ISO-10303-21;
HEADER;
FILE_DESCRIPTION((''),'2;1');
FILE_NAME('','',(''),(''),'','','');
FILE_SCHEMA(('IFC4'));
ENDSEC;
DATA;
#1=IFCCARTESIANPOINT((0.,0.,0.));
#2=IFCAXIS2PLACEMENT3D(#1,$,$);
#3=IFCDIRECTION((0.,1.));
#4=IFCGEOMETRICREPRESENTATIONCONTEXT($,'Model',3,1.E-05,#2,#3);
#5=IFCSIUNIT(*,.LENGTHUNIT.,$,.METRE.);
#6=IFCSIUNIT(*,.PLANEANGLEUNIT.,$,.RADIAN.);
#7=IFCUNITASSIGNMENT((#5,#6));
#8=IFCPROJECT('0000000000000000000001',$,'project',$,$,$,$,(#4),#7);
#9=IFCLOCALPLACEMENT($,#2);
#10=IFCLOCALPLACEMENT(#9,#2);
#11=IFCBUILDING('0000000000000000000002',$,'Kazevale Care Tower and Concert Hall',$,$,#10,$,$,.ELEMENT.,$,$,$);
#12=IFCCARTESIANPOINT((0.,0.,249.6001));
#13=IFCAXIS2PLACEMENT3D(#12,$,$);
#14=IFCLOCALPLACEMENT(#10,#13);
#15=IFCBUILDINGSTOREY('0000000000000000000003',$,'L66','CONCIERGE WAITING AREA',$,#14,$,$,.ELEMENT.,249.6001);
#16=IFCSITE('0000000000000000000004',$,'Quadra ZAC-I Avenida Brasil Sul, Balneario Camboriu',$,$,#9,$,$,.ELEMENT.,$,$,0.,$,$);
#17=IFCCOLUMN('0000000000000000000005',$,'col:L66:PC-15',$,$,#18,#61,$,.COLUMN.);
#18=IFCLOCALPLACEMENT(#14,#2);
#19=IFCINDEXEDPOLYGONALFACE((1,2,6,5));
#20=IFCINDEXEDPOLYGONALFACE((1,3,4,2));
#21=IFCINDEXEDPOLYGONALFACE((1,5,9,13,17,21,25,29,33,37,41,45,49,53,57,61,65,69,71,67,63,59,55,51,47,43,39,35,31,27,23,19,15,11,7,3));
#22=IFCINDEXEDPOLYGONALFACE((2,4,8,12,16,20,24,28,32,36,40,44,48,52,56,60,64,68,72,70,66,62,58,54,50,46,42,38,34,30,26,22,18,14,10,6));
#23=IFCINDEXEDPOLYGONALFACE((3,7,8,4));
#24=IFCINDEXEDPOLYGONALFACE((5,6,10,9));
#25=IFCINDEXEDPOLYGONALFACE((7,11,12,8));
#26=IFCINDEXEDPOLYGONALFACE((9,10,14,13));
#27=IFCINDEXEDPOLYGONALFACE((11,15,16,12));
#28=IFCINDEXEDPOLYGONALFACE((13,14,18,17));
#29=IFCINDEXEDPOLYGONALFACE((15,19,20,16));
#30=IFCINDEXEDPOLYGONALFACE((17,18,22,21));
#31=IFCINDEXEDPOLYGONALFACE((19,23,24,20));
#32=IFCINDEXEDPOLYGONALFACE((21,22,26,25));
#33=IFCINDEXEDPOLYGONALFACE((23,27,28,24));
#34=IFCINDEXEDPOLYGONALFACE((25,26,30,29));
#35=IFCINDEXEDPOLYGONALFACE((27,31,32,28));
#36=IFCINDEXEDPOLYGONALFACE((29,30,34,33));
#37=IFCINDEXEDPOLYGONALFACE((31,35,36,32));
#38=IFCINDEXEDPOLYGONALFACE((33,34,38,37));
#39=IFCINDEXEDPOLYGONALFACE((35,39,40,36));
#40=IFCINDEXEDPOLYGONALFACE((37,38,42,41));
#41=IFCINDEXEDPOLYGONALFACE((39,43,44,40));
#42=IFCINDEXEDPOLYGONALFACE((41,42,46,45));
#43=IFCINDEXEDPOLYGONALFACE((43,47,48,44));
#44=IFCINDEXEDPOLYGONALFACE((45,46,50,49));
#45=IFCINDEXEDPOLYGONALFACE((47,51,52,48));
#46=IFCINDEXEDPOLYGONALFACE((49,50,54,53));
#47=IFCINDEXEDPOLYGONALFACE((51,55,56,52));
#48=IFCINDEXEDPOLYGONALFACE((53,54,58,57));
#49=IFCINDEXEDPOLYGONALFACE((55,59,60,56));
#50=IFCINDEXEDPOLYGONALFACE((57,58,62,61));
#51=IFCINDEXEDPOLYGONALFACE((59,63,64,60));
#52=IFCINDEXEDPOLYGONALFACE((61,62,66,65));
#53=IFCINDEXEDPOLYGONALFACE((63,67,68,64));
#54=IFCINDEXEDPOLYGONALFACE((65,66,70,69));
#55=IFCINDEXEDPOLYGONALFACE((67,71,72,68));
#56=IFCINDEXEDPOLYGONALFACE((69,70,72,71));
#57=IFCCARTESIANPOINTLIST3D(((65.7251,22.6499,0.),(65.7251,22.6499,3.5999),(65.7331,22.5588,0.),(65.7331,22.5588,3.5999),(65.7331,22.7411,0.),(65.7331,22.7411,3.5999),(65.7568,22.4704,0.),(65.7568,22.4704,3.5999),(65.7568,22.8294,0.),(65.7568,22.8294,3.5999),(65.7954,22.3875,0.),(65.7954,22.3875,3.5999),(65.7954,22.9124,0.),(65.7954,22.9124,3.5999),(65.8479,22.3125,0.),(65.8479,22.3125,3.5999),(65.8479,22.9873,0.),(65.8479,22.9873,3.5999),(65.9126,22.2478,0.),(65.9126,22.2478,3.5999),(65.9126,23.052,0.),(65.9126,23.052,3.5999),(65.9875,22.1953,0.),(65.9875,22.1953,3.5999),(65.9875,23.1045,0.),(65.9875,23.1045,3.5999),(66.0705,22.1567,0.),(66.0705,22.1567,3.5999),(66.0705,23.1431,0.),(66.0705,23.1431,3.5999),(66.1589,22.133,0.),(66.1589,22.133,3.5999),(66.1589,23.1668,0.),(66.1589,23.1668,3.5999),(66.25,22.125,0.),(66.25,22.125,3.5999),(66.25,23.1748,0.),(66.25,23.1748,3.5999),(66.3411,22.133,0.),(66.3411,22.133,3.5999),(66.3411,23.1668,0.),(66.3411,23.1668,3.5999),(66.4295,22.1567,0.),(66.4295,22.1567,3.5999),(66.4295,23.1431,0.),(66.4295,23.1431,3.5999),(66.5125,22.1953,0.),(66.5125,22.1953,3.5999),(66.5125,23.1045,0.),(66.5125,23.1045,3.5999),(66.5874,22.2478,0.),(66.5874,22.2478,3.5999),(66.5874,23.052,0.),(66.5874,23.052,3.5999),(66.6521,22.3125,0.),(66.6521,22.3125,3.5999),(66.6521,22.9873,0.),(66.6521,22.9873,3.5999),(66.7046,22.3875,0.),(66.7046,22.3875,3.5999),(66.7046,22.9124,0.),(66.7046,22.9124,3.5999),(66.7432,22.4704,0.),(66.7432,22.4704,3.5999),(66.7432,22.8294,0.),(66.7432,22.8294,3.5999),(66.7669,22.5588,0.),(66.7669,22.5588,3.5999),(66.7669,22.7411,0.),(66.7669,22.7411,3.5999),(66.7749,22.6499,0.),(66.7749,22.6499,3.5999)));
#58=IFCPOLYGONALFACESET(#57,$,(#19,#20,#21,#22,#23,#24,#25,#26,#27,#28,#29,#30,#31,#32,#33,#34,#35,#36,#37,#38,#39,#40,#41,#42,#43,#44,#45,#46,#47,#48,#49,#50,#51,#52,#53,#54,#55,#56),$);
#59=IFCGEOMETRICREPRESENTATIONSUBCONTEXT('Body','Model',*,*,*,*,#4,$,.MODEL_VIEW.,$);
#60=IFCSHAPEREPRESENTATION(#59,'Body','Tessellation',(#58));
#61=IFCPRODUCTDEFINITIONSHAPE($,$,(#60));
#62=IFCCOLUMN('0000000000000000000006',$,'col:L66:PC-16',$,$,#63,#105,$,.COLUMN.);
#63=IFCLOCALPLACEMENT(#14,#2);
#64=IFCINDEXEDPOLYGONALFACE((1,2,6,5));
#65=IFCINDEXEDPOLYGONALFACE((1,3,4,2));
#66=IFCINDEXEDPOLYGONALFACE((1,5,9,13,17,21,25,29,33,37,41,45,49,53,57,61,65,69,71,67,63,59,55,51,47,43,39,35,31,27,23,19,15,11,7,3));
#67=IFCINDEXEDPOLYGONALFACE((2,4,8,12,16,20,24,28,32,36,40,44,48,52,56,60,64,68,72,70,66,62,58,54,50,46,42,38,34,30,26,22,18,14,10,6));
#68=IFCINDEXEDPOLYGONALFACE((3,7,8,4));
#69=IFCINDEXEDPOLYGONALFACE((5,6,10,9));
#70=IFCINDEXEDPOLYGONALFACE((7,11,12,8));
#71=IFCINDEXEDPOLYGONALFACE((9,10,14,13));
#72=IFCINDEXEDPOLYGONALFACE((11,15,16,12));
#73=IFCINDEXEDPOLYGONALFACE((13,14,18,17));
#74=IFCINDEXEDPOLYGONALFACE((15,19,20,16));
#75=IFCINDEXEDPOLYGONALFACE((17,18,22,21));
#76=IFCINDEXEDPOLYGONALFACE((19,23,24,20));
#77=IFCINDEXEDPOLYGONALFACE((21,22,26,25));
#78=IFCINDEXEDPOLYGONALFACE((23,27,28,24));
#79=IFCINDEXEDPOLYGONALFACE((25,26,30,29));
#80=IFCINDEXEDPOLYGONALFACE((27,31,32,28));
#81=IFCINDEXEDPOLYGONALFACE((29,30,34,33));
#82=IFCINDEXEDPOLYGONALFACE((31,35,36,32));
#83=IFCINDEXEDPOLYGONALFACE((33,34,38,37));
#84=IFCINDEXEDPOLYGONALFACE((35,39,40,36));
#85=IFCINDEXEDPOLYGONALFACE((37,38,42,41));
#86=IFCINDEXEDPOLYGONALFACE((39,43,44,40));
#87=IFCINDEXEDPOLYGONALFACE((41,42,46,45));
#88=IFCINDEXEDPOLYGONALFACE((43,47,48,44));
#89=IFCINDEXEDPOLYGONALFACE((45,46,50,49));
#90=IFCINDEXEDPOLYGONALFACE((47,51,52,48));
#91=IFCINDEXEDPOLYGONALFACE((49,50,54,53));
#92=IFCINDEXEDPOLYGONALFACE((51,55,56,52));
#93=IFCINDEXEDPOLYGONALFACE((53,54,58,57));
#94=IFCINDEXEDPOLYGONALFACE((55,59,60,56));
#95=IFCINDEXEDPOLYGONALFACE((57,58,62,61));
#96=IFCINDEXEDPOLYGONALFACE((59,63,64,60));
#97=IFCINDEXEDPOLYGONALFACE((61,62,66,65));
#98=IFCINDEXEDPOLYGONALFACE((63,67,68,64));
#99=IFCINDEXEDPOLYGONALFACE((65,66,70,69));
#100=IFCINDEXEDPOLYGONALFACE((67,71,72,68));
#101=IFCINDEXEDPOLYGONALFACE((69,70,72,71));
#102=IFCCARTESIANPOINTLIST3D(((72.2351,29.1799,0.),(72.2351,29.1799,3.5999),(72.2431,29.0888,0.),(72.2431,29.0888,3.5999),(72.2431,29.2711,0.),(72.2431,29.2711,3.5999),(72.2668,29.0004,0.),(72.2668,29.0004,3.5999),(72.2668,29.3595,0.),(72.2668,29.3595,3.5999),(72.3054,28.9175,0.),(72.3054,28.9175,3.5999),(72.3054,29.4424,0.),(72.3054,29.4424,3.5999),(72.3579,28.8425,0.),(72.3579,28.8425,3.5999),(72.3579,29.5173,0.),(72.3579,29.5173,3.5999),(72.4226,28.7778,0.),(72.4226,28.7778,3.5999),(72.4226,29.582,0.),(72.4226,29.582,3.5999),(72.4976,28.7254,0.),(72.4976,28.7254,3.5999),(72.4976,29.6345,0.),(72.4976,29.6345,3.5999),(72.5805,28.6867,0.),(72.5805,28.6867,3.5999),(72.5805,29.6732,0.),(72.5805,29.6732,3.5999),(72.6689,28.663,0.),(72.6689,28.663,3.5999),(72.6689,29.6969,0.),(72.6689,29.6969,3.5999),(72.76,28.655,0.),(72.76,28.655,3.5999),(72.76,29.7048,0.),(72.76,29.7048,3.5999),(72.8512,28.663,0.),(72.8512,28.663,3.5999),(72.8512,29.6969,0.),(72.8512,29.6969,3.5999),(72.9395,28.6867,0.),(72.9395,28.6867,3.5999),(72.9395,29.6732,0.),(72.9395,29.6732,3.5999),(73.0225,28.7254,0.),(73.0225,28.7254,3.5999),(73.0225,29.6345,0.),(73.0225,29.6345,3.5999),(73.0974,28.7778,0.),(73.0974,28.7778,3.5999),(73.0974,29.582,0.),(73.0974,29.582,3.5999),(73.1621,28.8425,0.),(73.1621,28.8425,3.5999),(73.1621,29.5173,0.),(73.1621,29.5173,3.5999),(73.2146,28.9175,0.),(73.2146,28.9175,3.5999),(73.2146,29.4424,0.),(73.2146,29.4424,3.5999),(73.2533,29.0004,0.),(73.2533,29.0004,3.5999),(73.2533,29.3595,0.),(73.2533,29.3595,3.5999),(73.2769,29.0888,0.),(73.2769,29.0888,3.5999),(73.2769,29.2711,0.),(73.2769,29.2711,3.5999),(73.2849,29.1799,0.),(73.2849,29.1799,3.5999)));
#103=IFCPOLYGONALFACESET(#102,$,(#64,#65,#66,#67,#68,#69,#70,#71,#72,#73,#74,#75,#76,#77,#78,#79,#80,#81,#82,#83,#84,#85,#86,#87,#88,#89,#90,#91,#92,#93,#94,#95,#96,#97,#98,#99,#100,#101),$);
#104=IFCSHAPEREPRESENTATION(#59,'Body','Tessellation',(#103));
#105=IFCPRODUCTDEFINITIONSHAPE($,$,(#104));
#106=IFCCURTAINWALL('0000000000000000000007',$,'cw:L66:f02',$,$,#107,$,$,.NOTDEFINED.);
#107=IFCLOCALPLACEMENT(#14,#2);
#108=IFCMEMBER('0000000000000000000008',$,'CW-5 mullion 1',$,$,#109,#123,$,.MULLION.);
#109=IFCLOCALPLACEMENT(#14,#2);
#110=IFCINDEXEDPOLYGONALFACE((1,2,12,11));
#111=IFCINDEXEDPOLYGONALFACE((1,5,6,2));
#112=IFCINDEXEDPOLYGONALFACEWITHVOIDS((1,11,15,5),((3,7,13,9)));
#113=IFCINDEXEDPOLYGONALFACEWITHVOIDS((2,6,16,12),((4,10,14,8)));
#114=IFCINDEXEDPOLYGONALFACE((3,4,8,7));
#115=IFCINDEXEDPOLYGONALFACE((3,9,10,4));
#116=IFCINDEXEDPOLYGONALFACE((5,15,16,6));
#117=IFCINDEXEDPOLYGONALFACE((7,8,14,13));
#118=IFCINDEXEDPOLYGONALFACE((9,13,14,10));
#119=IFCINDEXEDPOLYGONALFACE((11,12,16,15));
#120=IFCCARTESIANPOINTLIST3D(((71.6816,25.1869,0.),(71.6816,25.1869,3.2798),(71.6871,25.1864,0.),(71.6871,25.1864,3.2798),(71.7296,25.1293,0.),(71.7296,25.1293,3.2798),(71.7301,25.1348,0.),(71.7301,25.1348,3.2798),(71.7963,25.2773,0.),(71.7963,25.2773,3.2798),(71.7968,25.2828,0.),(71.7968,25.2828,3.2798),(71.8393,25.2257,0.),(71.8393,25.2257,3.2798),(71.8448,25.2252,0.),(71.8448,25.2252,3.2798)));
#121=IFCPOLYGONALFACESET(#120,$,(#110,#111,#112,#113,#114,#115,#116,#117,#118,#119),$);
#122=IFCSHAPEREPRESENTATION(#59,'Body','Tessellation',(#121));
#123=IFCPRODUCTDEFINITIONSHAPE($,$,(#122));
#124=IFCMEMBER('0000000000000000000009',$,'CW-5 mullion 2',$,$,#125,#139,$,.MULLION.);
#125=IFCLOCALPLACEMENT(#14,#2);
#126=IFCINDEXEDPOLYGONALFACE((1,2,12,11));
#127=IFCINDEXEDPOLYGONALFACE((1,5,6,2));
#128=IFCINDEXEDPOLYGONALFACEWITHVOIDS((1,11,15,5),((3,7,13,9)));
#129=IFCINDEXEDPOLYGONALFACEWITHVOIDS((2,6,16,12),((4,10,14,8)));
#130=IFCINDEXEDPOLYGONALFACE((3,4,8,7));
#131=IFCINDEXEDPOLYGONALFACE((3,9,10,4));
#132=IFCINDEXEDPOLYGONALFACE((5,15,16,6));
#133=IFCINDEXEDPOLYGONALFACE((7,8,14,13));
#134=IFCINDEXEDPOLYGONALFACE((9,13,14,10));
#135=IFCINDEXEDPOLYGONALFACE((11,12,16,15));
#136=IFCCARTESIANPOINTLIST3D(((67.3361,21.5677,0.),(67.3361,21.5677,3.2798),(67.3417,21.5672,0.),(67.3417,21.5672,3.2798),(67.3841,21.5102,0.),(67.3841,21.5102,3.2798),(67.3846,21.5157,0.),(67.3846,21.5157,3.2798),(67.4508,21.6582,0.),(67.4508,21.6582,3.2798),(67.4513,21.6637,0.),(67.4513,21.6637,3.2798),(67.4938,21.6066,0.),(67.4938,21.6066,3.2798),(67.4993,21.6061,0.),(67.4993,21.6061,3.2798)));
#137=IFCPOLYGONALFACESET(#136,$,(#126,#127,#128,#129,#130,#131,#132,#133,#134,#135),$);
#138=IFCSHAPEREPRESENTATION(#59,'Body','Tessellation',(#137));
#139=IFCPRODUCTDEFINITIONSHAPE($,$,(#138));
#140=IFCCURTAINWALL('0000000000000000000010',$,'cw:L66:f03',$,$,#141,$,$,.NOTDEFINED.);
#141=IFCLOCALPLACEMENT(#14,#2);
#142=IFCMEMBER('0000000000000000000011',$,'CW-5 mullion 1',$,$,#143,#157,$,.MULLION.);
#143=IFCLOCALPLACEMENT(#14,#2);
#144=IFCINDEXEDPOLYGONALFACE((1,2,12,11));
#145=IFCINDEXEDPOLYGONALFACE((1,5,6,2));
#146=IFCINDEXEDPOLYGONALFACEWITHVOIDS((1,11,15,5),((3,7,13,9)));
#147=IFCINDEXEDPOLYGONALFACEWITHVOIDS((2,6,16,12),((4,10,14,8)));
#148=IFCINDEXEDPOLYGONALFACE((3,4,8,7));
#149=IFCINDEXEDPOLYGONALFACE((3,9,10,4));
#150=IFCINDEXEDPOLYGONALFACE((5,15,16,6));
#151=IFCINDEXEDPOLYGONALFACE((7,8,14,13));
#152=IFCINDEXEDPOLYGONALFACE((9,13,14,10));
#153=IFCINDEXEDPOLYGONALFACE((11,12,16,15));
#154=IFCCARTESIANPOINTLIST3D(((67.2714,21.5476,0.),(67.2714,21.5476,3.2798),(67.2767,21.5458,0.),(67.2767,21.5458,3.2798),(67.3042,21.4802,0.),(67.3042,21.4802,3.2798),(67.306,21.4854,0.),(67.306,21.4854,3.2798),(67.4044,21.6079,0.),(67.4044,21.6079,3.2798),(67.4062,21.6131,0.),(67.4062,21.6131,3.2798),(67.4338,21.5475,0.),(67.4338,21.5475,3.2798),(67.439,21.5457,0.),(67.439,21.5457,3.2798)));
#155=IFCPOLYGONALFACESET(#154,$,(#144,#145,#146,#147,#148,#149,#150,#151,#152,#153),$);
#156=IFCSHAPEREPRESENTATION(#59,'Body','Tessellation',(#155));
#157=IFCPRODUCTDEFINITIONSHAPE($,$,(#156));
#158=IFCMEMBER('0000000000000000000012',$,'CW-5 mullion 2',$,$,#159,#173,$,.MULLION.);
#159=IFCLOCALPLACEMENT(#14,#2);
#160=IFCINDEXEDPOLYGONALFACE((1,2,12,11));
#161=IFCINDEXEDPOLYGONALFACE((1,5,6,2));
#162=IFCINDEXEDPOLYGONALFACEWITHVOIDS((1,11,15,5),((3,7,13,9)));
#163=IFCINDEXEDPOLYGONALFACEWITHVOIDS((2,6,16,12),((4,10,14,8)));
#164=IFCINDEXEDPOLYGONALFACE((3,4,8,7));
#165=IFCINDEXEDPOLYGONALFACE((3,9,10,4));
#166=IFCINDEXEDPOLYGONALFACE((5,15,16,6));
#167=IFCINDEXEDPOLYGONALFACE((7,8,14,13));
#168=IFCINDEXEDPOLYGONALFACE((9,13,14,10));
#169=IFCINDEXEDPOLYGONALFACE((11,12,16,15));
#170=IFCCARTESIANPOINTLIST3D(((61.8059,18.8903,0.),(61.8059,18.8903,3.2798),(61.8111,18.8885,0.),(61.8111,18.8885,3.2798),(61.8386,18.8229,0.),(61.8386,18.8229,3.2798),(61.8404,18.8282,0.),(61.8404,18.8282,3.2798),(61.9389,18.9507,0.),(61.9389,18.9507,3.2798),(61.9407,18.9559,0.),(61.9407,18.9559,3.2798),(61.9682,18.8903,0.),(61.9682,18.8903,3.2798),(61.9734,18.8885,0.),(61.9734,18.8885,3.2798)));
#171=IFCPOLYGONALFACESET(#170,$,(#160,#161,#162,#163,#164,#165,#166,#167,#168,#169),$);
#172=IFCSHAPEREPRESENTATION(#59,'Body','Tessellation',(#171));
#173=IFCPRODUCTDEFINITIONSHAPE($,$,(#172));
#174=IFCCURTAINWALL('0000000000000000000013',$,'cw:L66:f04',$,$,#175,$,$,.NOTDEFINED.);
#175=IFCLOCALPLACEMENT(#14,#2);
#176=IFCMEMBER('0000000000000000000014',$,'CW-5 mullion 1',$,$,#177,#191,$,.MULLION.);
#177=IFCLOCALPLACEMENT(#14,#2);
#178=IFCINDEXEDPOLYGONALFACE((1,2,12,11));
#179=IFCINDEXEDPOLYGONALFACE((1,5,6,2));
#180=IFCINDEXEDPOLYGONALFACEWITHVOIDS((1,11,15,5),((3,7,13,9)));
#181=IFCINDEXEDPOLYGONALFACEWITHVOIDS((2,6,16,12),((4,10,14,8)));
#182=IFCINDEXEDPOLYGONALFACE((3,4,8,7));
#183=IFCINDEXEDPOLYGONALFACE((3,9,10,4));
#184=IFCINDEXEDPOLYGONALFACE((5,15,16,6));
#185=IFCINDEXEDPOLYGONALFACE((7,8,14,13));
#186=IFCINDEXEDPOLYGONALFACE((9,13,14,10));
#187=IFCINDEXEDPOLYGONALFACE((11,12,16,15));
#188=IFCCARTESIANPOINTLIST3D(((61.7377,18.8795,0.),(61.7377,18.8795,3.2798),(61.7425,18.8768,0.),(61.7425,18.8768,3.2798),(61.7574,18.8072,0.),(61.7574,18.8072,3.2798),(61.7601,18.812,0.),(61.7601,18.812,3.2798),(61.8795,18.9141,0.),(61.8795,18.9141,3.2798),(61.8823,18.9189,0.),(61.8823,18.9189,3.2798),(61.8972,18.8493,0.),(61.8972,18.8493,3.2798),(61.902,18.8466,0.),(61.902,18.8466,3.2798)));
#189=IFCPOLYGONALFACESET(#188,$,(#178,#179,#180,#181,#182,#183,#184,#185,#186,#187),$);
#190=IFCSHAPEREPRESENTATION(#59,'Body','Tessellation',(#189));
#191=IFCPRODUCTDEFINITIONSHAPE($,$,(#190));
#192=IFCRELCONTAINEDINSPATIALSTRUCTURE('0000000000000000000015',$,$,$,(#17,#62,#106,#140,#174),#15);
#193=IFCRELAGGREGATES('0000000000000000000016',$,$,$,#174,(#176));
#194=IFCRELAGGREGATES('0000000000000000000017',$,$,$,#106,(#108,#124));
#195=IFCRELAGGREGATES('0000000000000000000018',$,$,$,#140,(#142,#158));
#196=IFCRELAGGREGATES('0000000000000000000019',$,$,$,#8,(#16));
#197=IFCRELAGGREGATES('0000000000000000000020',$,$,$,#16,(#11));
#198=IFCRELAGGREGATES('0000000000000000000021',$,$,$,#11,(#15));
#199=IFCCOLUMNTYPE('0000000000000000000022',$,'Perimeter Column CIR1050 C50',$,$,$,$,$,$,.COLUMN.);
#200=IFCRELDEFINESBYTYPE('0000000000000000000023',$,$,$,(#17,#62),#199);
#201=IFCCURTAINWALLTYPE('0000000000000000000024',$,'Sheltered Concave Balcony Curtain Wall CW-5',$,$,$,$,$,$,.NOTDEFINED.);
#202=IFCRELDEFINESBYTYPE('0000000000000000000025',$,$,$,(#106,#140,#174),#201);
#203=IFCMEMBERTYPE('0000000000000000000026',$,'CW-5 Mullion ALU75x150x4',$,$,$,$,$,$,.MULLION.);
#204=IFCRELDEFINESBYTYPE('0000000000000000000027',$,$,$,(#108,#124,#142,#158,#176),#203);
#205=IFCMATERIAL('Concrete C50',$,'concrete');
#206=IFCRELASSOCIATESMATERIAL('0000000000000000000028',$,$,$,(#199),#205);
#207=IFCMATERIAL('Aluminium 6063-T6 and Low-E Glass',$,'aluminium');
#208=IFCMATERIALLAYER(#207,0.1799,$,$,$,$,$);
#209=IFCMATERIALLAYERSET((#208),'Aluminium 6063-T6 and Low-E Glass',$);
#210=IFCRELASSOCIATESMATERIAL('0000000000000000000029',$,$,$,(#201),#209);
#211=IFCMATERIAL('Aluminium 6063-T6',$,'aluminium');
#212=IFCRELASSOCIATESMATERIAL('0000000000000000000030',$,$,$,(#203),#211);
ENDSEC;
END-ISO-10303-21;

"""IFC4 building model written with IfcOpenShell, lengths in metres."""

from ifc_helpers import new_model, si_unit, direction, frame, origin, origin_2d, place, context, subcontext, project, spatial, hollow_rectangle, circle, extrude, material, layer, layer_set, material_profile, profile_set, type_object, element, aggregate, save


model = new_model("IFC4")

# Units and contexts
model_context = context("Model", 3, precision=1e-05, world=origin(), true_north=direction((0.0, 1.0)))
body_context = subcontext(model_context, "Body", "Model", "MODEL_VIEW")
ifc_project = project(units=[si_unit("LENGTHUNIT", "METRE"), si_unit("PLANEANGLEUNIT", "RADIAN")], contexts=[model_context])

# Site, building, storey
site_placement = place(None, origin())
site = spatial("IfcSite", under=ifc_project, at=site_placement, Name="Quadra ZAC-I Avenida Brasil Sul, Balneario Camboriu", CompositionType="ELEMENT", RefElevation=0.0)
building_placement = place(site_placement, origin())
building = spatial("IfcBuilding", under=site, at=building_placement, Name="Kazevale Care Tower and Concert Hall", CompositionType="ELEMENT")
storey_placement = place(building_placement, frame((0.0, 0.0, 249.6001)))
storey = spatial("IfcBuildingStorey", under=building, at=storey_placement, Name="L66", Description="CONCIERGE WAITING AREA", CompositionType="ELEMENT", Elevation=249.6001)

# Columns
ifc_material_1 = material(Name="Concrete C50", Category="concrete")
ifc_material_profile_1 = material_profile(ifc_material_1, circle(Radius=0.5249, at=origin_2d()), Name="RC-CIR1050")
ifc_profile_set_1 = profile_set([ifc_material_profile_1], Name="Concrete C50")
column_type = type_object("IfcColumnType", Name="Perimeter Column CIR1050 C50", PredefinedType="COLUMN", material=ifc_profile_set_1)
for number, where, z_axis, x_axis, name in (
    (1, (66.25, 22.6499, 0.0), (0.0, 0.0, 1.0), (1.0, 0.0, 0.0), "col:L66:PC-15"),
    (2, (72.76, 29.1799, 0.0), (0.0, 0.0, 1.0), (1.0, 0.0, 0.0), "col:L66:PC-16"),
):
    element("IfcColumn", number, at=place(storey_placement, frame(where, z_axis=z_axis, x_axis=x_axis)), inside=storey, type_object=column_type, Name=name, PredefinedType="COLUMN", context=body_context, shape_type="SweptSolid", body=[
        extrude(circle(Radius=0.5249, at=origin_2d()), origin(), (0.0, 0.0, 1.0), 3.5999),
    ])

# Curtain walls, members
ifc_material_2 = material(Name="Aluminium 6063-T6 and Low-E Glass", Category="aluminium")
ifc_layer_1 = layer(ifc_material_2, 0.1799)
ifc_layer_set_1 = layer_set([ifc_layer_1], Name="Aluminium 6063-T6 and Low-E Glass")
curtain_wall_type = type_object("IfcCurtainWallType", Name="Sheltered Concave Balcony Curtain Wall CW-5", PredefinedType="NOTDEFINED", material=ifc_layer_set_1)
curtain_wall_1_placement = place(storey_placement, origin())
curtain_wall_1 = element("IfcCurtainWall", 3, at=curtain_wall_1_placement, inside=storey, type_object=curtain_wall_type, Name="cw:L66:f02", PredefinedType="NOTDEFINED")
ifc_material_3 = material(Name="Aluminium 6063-T6", Category="aluminium")
ifc_material_profile_2 = material_profile(ifc_material_3, hollow_rectangle(XDim=0.075, YDim=0.1499, WallThickness=0.0039, at=origin_2d()), Name="ALU75x150x4")
ifc_profile_set_2 = profile_set([ifc_material_profile_2], Name="Aluminium 6063-T6")
member_type_1 = type_object("IfcMemberType", Name="CW-5 Mullion ALU75x150x4", PredefinedType="MULLION", material=ifc_profile_set_2)
member_1_placement = place(storey_placement, frame((71.7632, 25.2061, 0.0), z_axis=(0.0, 0.0, 1.0), x_axis=(0.639961, -0.768407, 0.0)))
member_1 = element("IfcMember", 4, at=member_1_placement, type_object=member_type_1, Name="CW-5 mullion 1", PredefinedType="MULLION", context=body_context, shape_type="SweptSolid", body=[
    extrude(hollow_rectangle(XDim=0.075, YDim=0.1499, WallThickness=0.0039, at=origin_2d()), origin(), (0.0, 0.0, 1.0), 3.2798),
])
member_2_placement = place(storey_placement, frame((67.4177, 21.5869, 0.0), z_axis=(0.0, 0.0, 1.0), x_axis=(0.639961, -0.768407, 0.0)))
member_2 = element("IfcMember", 5, at=member_2_placement, type_object=member_type_1, Name="CW-5 mullion 2", PredefinedType="MULLION", context=body_context, shape_type="SweptSolid", body=[
    extrude(hollow_rectangle(XDim=0.075, YDim=0.1499, WallThickness=0.0039, at=origin_2d()), origin(), (0.0, 0.0, 1.0), 3.2798),
])
curtain_wall_2_placement = place(storey_placement, origin())
curtain_wall_2 = element("IfcCurtainWall", 6, at=curtain_wall_2_placement, inside=storey, type_object=curtain_wall_type, Name="cw:L66:f03", PredefinedType="NOTDEFINED")
member_3_placement = place(storey_placement, frame((67.3552, 21.5466, 0.0), z_axis=(0.0, 0.0, 1.0), x_axis=(0.437238, -0.899346, 0.0)))
member_3 = element("IfcMember", 7, at=member_3_placement, type_object=member_type_1, Name="CW-5 mullion 1", PredefinedType="MULLION", context=body_context, shape_type="SweptSolid", body=[
    extrude(hollow_rectangle(XDim=0.075, YDim=0.1499, WallThickness=0.0039, at=origin_2d()), origin(), (0.0, 0.0, 1.0), 3.2798),
])
member_4_placement = place(storey_placement, frame((61.8896, 18.8894, 0.0), z_axis=(0.0, 0.0, 1.0), x_axis=(0.437238, -0.899346, 0.0)))
member_4 = element("IfcMember", 8, at=member_4_placement, type_object=member_type_1, Name="CW-5 mullion 2", PredefinedType="MULLION", context=body_context, shape_type="SweptSolid", body=[
    extrude(hollow_rectangle(XDim=0.075, YDim=0.1499, WallThickness=0.0039, at=origin_2d()), origin(), (0.0, 0.0, 1.0), 3.2798),
])

# Curtain wall, member
curtain_wall_3_placement = place(storey_placement, origin())
curtain_wall_3 = element("IfcCurtainWall", 9, at=curtain_wall_3_placement, inside=storey, type_object=curtain_wall_type, Name="cw:L66:f04", PredefinedType="NOTDEFINED")
member_5_placement = place(storey_placement, frame((61.8198, 18.863, 0.0), z_axis=(0.0, 0.0, 1.0), x_axis=(0.262849, -0.964837, 0.0)))
member_5 = element("IfcMember", 10, at=member_5_placement, type_object=member_type_1, Name="CW-5 mullion 1", PredefinedType="MULLION", context=body_context, shape_type="SweptSolid", body=[
    extrude(hollow_rectangle(XDim=0.075, YDim=0.1499, WallThickness=0.0039, at=origin_2d()), origin(), (0.0, 0.0, 1.0), 3.2798),
])

aggregate(curtain_wall_3, [member_5])

aggregate(curtain_wall_1, [member_1, member_2])
aggregate(curtain_wall_2, [member_3, member_4])

save(model, "model.ifc")
